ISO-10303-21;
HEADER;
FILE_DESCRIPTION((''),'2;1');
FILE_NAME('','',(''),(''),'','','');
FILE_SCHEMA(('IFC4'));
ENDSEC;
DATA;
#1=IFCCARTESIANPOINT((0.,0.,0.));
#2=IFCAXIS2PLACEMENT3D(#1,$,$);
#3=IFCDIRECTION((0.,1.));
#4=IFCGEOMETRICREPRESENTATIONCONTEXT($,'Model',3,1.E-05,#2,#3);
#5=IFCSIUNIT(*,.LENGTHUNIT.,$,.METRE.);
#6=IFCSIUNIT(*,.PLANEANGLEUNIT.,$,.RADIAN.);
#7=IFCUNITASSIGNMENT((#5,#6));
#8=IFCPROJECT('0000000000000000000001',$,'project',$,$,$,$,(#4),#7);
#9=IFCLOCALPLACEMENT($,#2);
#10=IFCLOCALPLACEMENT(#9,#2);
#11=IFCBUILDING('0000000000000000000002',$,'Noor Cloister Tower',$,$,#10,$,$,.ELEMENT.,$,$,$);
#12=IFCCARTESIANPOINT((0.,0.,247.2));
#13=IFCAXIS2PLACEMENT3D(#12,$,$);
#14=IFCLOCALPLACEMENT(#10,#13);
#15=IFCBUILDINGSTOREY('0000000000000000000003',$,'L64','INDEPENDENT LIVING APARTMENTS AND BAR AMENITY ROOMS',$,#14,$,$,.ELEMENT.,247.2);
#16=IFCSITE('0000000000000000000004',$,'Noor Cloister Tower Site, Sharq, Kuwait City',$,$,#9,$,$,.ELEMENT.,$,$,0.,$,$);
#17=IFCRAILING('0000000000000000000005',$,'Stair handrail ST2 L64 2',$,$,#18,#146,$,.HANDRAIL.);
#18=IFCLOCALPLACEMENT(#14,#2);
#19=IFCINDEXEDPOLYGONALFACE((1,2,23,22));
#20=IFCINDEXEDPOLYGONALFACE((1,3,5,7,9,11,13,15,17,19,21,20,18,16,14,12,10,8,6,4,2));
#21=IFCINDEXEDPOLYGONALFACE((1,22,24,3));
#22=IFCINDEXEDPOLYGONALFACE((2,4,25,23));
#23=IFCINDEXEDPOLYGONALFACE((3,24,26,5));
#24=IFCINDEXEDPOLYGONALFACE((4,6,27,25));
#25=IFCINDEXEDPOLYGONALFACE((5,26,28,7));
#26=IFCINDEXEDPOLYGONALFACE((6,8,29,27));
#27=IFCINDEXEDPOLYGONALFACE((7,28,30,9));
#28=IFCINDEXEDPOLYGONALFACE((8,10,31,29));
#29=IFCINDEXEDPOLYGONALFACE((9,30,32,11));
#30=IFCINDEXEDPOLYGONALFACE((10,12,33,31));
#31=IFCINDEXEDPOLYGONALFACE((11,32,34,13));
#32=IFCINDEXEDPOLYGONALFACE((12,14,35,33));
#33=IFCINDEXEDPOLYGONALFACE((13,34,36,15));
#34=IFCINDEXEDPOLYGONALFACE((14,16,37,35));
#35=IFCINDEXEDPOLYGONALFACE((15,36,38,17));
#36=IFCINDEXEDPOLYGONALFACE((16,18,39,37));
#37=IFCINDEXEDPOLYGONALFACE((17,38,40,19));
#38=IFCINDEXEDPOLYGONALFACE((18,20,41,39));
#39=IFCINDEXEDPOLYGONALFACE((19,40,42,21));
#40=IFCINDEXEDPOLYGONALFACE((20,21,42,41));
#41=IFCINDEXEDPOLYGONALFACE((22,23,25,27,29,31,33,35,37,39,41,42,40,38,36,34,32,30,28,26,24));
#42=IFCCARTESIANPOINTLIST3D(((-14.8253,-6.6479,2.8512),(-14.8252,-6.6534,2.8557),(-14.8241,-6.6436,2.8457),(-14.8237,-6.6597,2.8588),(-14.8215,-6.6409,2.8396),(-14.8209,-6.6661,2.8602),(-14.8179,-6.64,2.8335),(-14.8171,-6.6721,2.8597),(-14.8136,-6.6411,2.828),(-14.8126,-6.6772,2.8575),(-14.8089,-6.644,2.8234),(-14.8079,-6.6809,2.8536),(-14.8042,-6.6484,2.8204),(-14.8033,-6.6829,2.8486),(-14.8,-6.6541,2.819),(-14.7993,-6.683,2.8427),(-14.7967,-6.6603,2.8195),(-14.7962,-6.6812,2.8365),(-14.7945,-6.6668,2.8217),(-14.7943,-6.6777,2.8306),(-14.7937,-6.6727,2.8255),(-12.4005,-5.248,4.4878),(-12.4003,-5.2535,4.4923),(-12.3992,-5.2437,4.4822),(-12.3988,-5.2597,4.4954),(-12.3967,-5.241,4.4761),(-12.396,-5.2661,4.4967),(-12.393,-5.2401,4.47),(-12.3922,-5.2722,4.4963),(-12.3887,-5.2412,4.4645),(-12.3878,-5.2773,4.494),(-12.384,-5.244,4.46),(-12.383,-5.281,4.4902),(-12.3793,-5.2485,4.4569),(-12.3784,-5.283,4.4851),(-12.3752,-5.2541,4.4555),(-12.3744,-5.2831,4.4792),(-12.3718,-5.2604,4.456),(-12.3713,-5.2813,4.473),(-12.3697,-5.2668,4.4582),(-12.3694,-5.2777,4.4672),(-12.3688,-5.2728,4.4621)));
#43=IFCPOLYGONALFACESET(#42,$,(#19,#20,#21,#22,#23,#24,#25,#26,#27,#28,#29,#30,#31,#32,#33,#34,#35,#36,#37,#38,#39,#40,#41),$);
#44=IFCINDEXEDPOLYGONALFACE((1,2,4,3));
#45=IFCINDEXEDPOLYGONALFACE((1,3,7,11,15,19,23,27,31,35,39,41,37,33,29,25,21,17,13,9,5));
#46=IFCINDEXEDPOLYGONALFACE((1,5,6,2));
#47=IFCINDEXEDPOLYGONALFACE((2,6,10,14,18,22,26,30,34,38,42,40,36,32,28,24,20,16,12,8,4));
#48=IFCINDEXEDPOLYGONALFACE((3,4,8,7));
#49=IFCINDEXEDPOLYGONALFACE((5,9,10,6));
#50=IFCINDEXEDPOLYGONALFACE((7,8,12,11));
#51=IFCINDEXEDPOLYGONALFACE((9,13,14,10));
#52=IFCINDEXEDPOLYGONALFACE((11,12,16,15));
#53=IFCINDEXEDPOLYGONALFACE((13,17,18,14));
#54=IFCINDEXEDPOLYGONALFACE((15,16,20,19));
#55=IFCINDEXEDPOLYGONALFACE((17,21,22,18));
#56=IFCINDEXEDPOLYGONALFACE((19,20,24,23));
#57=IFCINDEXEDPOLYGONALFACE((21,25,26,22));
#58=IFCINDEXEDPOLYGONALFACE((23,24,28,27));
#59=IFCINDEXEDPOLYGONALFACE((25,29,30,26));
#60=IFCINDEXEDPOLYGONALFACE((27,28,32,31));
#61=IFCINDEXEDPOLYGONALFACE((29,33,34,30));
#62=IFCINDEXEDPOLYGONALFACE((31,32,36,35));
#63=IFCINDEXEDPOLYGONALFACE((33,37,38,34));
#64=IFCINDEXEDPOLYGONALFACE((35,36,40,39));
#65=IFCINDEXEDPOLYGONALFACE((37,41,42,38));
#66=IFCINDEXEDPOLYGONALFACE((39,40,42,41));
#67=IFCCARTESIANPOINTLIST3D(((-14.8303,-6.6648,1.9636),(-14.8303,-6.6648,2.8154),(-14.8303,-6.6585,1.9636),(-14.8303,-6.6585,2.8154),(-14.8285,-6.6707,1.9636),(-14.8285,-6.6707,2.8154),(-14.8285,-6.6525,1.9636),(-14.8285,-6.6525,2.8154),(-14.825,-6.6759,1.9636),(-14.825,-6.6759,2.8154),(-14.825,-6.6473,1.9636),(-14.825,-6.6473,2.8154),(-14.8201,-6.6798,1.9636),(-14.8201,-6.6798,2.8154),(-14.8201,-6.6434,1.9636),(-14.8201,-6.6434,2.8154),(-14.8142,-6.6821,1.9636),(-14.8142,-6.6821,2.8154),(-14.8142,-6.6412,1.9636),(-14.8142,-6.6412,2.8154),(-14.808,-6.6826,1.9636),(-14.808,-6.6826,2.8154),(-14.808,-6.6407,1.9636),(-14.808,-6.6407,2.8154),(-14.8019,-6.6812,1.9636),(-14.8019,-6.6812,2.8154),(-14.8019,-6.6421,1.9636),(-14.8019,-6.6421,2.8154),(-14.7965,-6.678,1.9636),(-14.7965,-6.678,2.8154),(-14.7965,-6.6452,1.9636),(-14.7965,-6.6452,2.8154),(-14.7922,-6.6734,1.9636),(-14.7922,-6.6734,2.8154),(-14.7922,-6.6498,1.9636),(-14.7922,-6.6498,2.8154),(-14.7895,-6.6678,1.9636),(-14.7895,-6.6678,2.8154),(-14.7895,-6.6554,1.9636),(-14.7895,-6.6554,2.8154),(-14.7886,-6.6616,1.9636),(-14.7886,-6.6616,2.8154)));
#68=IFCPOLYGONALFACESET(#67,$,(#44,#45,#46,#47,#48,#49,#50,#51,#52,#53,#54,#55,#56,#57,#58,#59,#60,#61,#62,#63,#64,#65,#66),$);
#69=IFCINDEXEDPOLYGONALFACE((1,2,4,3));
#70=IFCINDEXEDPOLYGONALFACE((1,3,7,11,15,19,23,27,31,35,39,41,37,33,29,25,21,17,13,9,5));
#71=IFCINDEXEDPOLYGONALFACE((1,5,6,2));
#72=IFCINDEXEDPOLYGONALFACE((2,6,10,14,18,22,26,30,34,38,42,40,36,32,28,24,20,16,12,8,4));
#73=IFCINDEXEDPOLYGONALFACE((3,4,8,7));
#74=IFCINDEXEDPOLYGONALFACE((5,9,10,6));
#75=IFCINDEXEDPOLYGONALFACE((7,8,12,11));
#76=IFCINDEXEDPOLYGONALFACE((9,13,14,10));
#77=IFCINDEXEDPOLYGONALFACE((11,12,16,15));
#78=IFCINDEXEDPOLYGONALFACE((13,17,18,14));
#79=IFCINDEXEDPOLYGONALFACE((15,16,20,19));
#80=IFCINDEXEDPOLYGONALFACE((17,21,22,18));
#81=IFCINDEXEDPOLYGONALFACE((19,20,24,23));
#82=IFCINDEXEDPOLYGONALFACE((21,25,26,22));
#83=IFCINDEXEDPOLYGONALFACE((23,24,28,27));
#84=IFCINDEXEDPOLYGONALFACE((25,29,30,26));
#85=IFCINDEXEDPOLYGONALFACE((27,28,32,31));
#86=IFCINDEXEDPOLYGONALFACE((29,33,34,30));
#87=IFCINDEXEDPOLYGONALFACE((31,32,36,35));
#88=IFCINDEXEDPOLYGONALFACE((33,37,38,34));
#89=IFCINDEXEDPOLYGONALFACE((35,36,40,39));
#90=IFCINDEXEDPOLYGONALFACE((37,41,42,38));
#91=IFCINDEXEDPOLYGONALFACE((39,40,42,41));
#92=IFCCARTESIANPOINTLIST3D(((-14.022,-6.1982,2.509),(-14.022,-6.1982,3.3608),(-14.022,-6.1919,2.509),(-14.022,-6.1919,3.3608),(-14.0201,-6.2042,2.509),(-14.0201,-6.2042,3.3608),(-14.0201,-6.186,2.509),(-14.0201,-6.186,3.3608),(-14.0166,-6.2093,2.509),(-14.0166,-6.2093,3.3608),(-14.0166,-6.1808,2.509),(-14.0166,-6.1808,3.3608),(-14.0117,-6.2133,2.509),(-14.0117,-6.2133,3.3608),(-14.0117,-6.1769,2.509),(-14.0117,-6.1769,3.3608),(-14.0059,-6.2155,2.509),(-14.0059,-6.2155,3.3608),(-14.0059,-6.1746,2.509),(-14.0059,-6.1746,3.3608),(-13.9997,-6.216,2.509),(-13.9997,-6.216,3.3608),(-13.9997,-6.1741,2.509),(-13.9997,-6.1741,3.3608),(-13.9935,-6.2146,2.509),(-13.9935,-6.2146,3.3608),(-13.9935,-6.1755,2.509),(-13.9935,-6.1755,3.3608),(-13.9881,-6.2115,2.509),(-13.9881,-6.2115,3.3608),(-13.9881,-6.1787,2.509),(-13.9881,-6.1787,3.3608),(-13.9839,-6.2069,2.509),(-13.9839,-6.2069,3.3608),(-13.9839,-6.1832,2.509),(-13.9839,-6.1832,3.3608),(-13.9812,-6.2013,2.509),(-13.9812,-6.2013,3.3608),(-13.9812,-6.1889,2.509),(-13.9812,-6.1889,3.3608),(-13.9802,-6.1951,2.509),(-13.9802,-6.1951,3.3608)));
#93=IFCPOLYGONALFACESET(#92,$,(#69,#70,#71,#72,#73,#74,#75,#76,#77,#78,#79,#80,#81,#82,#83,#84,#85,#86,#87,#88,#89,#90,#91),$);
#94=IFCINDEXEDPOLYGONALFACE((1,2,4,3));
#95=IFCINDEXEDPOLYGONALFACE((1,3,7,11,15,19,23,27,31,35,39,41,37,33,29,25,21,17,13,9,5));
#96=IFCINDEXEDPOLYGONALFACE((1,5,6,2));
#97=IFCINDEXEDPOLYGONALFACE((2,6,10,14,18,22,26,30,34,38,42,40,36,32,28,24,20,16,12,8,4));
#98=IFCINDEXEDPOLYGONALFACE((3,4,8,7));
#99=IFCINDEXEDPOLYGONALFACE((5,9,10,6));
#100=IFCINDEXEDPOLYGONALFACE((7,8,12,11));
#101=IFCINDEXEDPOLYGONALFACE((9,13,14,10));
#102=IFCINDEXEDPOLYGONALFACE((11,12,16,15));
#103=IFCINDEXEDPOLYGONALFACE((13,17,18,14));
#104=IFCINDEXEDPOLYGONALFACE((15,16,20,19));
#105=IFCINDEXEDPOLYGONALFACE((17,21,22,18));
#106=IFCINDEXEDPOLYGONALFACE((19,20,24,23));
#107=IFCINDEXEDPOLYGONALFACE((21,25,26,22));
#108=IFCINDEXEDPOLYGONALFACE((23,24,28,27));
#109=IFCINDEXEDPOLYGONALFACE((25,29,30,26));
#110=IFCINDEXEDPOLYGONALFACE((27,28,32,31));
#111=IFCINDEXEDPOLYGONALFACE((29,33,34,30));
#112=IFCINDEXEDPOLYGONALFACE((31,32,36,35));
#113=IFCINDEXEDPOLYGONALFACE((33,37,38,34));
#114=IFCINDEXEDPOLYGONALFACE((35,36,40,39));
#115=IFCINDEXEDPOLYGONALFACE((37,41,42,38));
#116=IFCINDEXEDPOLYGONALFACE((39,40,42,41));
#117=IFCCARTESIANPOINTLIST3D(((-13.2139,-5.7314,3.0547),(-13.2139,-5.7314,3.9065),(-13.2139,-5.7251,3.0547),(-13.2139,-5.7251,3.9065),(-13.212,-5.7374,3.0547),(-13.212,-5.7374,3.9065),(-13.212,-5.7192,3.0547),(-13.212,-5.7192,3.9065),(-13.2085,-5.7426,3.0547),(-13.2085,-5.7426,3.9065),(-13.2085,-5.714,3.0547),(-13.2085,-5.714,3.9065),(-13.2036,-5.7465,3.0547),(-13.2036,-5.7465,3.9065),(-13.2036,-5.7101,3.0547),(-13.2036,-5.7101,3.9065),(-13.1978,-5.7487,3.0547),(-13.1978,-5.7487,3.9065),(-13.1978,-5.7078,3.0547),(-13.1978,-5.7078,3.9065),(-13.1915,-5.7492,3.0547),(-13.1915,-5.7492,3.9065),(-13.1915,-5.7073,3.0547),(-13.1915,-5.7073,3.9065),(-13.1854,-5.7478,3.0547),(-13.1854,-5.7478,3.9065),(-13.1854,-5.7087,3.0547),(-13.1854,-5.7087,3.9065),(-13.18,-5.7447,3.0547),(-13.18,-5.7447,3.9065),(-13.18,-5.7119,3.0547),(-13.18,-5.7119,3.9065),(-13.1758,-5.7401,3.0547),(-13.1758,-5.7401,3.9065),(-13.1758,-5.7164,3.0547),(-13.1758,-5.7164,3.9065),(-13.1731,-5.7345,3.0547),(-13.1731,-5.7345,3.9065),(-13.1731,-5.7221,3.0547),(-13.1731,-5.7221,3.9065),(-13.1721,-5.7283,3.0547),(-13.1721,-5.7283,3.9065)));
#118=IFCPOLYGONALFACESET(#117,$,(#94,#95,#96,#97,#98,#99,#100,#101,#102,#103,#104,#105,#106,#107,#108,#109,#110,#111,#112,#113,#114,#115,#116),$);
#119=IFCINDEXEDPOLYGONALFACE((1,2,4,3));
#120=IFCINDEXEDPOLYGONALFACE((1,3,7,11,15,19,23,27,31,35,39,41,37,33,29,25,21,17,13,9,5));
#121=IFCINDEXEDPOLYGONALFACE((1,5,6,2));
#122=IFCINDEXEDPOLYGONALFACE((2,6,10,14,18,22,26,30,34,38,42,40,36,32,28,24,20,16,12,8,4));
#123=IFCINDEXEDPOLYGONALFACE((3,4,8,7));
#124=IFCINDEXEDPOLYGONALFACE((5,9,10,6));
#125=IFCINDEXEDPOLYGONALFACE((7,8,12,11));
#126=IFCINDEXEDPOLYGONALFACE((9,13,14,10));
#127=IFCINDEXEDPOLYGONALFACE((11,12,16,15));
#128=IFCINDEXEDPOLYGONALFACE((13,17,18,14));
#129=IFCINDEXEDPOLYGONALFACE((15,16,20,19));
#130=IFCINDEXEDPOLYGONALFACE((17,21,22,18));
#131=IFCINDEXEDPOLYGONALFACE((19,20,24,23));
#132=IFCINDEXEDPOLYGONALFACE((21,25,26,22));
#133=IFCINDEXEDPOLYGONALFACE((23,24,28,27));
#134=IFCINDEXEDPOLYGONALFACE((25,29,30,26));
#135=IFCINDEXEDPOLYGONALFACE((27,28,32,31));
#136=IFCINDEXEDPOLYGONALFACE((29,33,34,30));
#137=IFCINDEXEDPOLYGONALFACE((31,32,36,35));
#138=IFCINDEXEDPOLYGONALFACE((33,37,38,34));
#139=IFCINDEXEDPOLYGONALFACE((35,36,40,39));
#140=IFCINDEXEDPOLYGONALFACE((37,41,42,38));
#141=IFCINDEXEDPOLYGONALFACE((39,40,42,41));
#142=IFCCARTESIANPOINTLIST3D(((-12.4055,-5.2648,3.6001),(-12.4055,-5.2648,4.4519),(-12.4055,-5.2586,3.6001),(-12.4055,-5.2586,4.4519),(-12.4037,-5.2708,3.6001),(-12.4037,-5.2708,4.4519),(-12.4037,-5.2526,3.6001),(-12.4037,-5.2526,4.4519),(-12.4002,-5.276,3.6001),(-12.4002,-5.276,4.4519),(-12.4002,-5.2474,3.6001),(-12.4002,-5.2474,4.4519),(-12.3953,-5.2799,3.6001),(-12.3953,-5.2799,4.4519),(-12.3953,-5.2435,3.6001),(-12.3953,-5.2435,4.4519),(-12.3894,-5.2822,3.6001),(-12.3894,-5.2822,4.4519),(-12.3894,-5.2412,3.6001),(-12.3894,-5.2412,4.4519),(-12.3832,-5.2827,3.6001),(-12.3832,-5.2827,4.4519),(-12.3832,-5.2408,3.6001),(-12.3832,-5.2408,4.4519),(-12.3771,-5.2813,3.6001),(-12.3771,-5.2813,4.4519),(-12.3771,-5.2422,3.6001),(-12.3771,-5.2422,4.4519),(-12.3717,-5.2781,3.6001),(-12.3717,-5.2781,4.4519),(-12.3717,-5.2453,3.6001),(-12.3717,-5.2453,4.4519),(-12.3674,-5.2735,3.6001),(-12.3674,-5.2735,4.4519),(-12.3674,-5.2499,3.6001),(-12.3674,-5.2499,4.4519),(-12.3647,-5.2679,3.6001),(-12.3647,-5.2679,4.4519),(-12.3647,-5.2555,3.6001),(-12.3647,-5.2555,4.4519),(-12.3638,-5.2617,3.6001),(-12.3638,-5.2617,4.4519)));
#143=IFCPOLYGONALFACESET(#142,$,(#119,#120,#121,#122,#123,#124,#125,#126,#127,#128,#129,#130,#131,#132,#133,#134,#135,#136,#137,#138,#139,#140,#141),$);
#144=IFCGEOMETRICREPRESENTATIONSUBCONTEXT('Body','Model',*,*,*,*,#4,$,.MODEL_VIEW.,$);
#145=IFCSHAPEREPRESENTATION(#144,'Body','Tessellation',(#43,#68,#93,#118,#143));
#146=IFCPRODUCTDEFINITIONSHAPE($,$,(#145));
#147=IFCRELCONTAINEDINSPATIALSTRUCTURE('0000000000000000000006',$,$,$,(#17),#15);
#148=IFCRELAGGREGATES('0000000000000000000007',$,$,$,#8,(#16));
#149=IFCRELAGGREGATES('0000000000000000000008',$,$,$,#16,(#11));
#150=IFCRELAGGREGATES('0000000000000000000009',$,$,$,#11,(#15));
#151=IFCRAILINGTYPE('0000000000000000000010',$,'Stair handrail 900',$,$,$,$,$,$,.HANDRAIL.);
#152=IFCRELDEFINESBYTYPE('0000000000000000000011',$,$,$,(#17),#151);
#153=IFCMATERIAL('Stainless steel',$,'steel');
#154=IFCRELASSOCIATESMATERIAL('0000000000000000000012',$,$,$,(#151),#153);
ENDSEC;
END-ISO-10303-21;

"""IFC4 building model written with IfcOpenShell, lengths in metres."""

from ifc_helpers import new_model, si_unit, direction, frame, origin, origin_2d, place, context, subcontext, project, spatial, circle, extrude, material, type_object, element, save


model = new_model("IFC4")

# Units and contexts
model_context = context("Model", 3, precision=1e-05, world=origin(), true_north=direction((0.0, 1.0)))
body_context = subcontext(model_context, "Body", "Model", "MODEL_VIEW")
ifc_project = project(units=[si_unit("LENGTHUNIT", "METRE"), si_unit("PLANEANGLEUNIT", "RADIAN")], contexts=[model_context])

# Site, building, storey
site_placement = place(None, origin())
site = spatial("IfcSite", under=ifc_project, at=site_placement, Name="Noor Cloister Tower Site, Sharq, Kuwait City", CompositionType="ELEMENT", RefElevation=0.0)
building_placement = place(site_placement, origin())
building = spatial("IfcBuilding", under=site, at=building_placement, Name="Noor Cloister Tower", CompositionType="ELEMENT")
storey_placement = place(building_placement, frame((0.0, 0.0, 247.2)))
storey = spatial("IfcBuildingStorey", under=building, at=storey_placement, Name="L64", Description="INDEPENDENT LIVING APARTMENTS AND BAR AMENITY ROOMS", CompositionType="ELEMENT", Elevation=247.2)

# Railing
ifc_material_1 = material(Name="Stainless steel", Category="steel")
railing_type_1 = type_object("IfcRailingType", Name="Stair handrail 900", PredefinedType="HANDRAIL", material=ifc_material_1)
railing_1_placement = place(storey_placement, frame((-14.8096, -6.6616, 1.9636)))
element("IfcRailing", 1, at=railing_1_placement, inside=storey, type_object=railing_type_1, Name="Stair handrail ST2 L64 2", PredefinedType="HANDRAIL", context=body_context, shape_type="SweptSolid", body=[
    extrude(circle(Radius=0.0239, at=origin_2d()), frame((0.0, 0.0, 0.876), z_axis=(0.74769, 0.431661, 0.504608), x_axis=(-0.499984, 0.866035, 0.0)), (0.0, 0.0, 1.0), 3.2432),
    extrude(circle(Radius=0.021, at=origin_2d()), origin(), (0.0, 0.0, 1.0), 0.8518),
    extrude(circle(Radius=0.021, at=origin_2d()), frame((0.8083, 0.4666, 0.5454)), (0.0, 0.0, 1.0), 0.8518),
    extrude(circle(Radius=0.021, at=origin_2d()), frame((1.6165, 0.9333, 1.0911)), (0.0, 0.0, 1.0), 0.8518),
    extrude(circle(Radius=0.021, at=origin_2d()), frame((2.4248, 1.3999, 1.6365)), (0.0, 0.0, 1.0), 0.8518),
])

save(model, "model.ifc")
